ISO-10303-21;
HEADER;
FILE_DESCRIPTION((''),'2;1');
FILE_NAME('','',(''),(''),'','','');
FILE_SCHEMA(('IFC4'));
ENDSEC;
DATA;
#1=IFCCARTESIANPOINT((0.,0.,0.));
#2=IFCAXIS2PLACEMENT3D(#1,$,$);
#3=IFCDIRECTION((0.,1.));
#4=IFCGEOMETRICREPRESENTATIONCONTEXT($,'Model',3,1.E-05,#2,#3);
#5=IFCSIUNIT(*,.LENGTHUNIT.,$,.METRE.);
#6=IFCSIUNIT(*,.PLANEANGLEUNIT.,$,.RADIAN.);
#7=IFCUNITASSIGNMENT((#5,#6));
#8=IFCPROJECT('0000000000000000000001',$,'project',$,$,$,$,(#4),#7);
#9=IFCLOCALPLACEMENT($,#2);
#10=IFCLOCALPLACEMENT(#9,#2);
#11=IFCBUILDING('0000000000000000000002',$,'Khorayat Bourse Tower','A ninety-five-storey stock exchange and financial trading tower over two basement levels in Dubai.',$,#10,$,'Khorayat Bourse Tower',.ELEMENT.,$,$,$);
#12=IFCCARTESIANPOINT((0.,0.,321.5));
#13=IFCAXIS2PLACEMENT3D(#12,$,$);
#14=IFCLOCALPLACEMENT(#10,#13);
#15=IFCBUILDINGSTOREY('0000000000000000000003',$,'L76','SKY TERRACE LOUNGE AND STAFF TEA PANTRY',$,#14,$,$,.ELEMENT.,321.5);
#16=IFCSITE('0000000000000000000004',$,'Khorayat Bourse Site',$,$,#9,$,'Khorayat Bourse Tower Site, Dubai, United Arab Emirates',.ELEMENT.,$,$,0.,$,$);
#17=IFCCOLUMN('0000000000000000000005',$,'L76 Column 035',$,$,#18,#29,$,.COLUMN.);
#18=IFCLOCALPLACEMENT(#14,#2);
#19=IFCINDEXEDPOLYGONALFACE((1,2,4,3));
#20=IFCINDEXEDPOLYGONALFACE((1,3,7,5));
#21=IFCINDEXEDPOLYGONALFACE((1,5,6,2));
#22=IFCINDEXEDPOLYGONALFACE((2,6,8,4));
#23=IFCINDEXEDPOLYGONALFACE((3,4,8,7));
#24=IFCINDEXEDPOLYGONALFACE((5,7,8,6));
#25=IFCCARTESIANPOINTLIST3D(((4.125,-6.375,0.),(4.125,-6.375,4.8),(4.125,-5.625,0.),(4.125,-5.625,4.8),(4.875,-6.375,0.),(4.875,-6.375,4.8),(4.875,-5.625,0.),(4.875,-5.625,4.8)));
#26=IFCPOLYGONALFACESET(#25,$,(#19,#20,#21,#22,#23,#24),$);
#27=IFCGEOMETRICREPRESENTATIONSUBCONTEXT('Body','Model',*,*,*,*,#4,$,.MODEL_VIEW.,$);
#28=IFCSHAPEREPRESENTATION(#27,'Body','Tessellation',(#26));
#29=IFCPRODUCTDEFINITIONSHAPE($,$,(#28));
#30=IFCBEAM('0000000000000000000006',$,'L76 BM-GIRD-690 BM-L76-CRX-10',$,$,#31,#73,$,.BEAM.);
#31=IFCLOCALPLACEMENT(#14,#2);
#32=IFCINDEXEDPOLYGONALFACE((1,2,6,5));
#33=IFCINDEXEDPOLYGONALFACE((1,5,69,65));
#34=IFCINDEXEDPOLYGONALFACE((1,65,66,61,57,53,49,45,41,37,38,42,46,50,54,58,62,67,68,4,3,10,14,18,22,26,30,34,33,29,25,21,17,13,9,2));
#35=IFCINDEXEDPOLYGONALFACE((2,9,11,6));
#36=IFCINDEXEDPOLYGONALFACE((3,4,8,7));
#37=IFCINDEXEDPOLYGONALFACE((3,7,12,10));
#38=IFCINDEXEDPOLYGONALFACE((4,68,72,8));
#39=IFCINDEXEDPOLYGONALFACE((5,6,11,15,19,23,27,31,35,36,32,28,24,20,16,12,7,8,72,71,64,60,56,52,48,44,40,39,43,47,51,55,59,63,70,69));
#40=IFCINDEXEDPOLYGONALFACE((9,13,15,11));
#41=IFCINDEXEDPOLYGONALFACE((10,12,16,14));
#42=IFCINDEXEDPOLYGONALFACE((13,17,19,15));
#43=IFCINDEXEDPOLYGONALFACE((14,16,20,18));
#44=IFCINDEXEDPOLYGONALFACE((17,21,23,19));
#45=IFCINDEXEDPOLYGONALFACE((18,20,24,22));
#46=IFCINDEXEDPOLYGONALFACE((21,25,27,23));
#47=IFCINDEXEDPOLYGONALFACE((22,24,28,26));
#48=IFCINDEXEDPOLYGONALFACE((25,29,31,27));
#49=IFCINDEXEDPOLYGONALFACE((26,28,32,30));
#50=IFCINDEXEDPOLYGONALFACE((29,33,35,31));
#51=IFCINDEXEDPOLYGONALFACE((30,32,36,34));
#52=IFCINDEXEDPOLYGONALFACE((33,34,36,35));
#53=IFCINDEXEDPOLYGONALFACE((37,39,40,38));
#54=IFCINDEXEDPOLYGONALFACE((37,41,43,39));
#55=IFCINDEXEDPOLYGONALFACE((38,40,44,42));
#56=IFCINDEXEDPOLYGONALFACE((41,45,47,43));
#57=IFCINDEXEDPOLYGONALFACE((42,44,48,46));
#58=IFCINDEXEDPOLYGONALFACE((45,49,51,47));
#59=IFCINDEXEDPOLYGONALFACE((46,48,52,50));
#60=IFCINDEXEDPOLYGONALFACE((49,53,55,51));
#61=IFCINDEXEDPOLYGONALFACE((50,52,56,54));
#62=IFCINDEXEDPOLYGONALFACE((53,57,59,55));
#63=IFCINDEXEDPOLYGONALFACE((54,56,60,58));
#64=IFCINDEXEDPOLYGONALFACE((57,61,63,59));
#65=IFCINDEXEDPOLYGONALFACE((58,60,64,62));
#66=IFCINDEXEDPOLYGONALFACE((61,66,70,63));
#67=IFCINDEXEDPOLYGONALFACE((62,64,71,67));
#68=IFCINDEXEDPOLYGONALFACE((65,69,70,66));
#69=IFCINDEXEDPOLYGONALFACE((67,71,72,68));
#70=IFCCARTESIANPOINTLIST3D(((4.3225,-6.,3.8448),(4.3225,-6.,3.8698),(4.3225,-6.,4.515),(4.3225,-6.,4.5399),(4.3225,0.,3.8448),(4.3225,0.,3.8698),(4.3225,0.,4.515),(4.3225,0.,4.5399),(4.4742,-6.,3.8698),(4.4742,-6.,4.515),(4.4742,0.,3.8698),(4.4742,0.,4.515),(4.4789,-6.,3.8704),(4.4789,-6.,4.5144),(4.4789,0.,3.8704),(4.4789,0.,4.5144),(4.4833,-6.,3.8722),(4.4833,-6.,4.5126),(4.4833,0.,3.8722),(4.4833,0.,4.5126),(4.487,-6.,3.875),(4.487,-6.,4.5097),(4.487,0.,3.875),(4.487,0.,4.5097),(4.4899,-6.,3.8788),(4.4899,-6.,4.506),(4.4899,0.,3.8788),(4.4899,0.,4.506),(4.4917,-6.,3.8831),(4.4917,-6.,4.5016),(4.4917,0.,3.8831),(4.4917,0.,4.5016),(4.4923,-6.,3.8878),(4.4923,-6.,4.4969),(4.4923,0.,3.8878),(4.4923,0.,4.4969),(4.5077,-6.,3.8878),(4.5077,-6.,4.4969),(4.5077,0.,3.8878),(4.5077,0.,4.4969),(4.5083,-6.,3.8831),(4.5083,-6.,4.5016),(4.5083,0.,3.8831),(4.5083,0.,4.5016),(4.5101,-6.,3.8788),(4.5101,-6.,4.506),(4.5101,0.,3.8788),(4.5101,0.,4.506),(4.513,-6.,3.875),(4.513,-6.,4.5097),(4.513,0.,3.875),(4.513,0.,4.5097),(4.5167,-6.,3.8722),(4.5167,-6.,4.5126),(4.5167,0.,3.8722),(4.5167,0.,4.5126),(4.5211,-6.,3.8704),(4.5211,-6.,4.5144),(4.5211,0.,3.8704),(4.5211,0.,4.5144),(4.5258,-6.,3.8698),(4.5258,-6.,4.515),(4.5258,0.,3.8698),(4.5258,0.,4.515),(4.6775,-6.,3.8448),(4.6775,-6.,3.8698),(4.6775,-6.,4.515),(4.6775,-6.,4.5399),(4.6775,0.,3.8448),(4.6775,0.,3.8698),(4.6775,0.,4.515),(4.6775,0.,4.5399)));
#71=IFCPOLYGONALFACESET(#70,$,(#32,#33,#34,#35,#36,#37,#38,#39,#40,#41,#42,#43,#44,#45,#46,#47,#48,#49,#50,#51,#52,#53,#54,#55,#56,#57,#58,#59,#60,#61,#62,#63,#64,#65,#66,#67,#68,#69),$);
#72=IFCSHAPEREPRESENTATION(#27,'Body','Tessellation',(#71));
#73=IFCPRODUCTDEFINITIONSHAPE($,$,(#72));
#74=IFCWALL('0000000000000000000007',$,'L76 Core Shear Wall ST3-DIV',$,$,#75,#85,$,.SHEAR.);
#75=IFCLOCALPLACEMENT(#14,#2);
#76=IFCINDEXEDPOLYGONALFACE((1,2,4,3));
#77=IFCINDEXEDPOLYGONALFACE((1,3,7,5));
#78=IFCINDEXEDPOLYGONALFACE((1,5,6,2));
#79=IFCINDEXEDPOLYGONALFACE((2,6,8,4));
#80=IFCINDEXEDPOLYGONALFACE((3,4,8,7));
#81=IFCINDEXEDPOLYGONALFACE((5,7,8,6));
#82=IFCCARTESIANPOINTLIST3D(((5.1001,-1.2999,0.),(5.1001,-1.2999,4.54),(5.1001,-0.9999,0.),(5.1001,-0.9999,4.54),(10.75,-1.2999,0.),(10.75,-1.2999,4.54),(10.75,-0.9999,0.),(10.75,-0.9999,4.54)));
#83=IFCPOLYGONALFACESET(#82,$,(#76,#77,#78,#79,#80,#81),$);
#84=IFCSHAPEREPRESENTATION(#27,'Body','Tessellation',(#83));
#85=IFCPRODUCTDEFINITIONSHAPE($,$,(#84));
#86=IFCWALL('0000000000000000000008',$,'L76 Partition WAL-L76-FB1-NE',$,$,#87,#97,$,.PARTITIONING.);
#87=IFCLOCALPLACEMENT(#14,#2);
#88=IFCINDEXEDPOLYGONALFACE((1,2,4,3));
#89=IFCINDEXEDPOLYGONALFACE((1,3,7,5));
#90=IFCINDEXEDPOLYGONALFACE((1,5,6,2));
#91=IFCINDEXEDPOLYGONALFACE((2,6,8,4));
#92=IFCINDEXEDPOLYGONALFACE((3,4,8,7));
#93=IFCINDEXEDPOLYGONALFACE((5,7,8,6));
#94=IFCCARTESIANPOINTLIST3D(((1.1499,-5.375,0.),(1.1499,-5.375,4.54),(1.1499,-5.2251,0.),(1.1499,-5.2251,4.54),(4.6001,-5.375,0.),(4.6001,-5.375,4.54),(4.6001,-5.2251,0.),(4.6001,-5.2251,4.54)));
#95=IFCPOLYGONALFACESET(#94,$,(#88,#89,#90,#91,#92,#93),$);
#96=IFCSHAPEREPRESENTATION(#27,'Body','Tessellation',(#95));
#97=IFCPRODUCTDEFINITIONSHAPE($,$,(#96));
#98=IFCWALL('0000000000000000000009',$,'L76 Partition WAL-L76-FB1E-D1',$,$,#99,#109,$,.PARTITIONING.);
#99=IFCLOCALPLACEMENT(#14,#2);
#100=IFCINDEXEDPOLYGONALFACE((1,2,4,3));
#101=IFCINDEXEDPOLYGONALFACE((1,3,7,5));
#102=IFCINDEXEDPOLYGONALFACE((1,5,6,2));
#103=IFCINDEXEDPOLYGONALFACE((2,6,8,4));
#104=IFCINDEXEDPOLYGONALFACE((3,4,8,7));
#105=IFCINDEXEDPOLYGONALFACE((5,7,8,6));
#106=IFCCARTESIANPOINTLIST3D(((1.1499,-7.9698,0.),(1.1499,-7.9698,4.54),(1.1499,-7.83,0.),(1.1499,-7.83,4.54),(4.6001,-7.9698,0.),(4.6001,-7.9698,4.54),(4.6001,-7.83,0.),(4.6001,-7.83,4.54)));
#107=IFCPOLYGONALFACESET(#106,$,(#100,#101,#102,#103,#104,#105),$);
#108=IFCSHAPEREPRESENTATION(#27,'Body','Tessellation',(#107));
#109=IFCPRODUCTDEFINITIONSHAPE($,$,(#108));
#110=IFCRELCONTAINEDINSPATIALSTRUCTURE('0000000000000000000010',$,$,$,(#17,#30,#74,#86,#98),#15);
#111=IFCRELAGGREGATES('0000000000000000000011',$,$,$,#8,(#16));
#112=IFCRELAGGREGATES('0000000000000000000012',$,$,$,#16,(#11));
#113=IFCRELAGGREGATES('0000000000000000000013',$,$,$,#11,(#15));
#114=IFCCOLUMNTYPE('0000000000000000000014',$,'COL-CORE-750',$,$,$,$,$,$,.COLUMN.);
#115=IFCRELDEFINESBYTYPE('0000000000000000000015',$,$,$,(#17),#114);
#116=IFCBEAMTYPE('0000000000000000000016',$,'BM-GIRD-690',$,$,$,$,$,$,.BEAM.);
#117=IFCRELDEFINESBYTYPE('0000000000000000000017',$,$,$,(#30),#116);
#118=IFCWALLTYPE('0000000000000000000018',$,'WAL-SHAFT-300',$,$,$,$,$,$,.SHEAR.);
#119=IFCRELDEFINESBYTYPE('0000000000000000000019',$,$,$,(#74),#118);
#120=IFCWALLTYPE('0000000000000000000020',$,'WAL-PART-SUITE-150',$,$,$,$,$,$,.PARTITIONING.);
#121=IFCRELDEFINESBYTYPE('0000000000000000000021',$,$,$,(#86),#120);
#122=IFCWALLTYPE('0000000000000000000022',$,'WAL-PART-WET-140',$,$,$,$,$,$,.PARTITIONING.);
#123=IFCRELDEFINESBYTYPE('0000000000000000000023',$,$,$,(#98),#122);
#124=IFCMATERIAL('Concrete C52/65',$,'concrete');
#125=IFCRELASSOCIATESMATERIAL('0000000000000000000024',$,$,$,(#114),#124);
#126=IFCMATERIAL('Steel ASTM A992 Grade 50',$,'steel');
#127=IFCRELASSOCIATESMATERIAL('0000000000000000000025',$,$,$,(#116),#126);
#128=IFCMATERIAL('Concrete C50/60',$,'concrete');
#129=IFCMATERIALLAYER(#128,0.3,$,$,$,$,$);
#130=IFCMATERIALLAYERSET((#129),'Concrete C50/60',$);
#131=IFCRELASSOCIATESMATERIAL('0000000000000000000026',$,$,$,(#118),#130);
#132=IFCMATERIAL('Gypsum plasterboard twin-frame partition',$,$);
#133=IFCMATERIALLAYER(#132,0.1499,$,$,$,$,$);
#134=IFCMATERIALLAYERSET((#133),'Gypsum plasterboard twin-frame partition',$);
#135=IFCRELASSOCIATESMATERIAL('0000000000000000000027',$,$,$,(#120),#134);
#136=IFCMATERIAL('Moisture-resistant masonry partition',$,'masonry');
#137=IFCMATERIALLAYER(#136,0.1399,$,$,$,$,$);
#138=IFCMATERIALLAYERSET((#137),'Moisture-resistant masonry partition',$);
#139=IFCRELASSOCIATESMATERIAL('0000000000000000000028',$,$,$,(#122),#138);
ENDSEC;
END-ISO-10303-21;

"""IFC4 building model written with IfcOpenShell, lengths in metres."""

from ifc_helpers import new_model, si_unit, direction, frame, frame_2d, origin, origin_2d, place, context, subcontext, project, spatial, rectangle, i_section, extrude, source, transform, mapped, material, layer, layer_set, material_profile, profile_set, type_object, element, save


model = new_model("IFC4")

# Units and contexts
model_context = context("Model", 3, precision=1e-05, world=origin(), true_north=direction((0.0, 1.0)))
body_context = subcontext(model_context, "Body", "Model", "MODEL_VIEW")
ifc_project = project(units=[si_unit("LENGTHUNIT", "METRE"), si_unit("PLANEANGLEUNIT", "RADIAN")], contexts=[model_context])

# Site, building, storey
site_placement = place(None, origin())
site = spatial("IfcSite", under=ifc_project, at=site_placement, Name="Khorayat Bourse Site", LongName="Khorayat Bourse Tower Site, Dubai, United Arab Emirates", CompositionType="ELEMENT", RefElevation=0.0)
building_placement = place(site_placement, origin())
building = spatial("IfcBuilding", under=site, at=building_placement, Name="Khorayat Bourse Tower", Description="A ninety-five-storey stock exchange and financial trading tower over two basement levels in Dubai.", LongName="Khorayat Bourse Tower", CompositionType="ELEMENT")
storey_placement = place(building_placement, frame((0.0, 0.0, 321.5)))
storey = spatial("IfcBuildingStorey", under=building, at=storey_placement, Name="L76", Description="SKY TERRACE LOUNGE AND STAFF TEA PANTRY", CompositionType="ELEMENT", Elevation=321.5)

# Column
ifc_material_1 = material(Name="Concrete C52/65", Category="concrete")
ifc_material_profile_1 = material_profile(ifc_material_1, rectangle(XDim=0.75, YDim=0.75, at=origin_2d()), Name="RC 750x750")
ifc_profile_set_1 = profile_set([ifc_material_profile_1], Name="Concrete C52/65")
column_type = type_object("IfcColumnType", Name="COL-CORE-750", PredefinedType="COLUMN", material=ifc_profile_set_1)
shared_shape_1 = source(origin(), body_context, "Body", "SweptSolid", [
    extrude(rectangle(XDim=0.75, YDim=0.75, at=origin_2d()), origin(), (0.0, 0.0, 1.0), 4.8),
])
column_placement = place(storey_placement, frame((4.5, -6.0, 0.0), z_axis=(0.0, 0.0, 1.0), x_axis=(1.0, 0.0, 0.0)))
element("IfcColumn", 1, at=column_placement, inside=storey, type_object=column_type, Name="L76 Column 035", PredefinedType="COLUMN", context=body_context, shape_type="MappedRepresentation", body=[
    mapped(shared_shape_1, transform((0.0, 0.0, 0.0), scale=1.0)),
])

# Beam
ifc_material_2 = material(Name="Steel ASTM A992 Grade 50", Category="steel")
ifc_material_profile_2 = material_profile(ifc_material_2, i_section(OverallWidth=0.355, OverallDepth=0.6951, WebThickness=0.0154, FlangeThickness=0.0249, FilletRadius=0.0181, at=origin_2d()), Name="W690X217")
ifc_profile_set_2 = profile_set([ifc_material_profile_2], Name="Steel ASTM A992 Grade 50")
beam_type = type_object("IfcBeamType", Name="BM-GIRD-690", PredefinedType="BEAM", material=ifc_profile_set_2)
shared_shape_2 = source(origin(), body_context, "Body", "SweptSolid", [
    extrude(i_section(OverallWidth=0.355, OverallDepth=0.6951, WebThickness=0.0154, FlangeThickness=0.0249, FilletRadius=0.0181, at=origin_2d()), origin(), (0.0, 0.0, 1.0), 6.0),
])
beam_placement = place(storey_placement, frame((4.5, -6.0, 4.1924), z_axis=(0.0, 1.0, 0.0), x_axis=(-1.0, 0.0, 0.0)))
element("IfcBeam", 2, at=beam_placement, inside=storey, type_object=beam_type, Name="L76 BM-GIRD-690 BM-L76-CRX-10", PredefinedType="BEAM", context=body_context, shape_type="MappedRepresentation", body=[
    mapped(shared_shape_2, transform((0.0, 0.0, 0.0), scale=1.0)),
])

# Walls
ifc_material_3 = material(Name="Concrete C50/60", Category="concrete")
ifc_layer_1 = layer(ifc_material_3, 0.3)
ifc_layer_set_1 = layer_set([ifc_layer_1], Name="Concrete C50/60")
wall_type_1 = type_object("IfcWallType", Name="WAL-SHAFT-300", PredefinedType="SHEAR", material=ifc_layer_set_1)
shared_shape_3 = source(origin(), body_context, "Body", "SweptSolid", [
    extrude(rectangle(XDim=5.6499, YDim=0.3, at=frame_2d((2.825, 0.0))), origin(), (0.0, 0.0, 1.0), 4.54),
])
wall_1_placement = place(storey_placement, frame((5.1001, -1.1499, 0.0), z_axis=(0.0, 0.0, 1.0), x_axis=(1.0, 0.0, 0.0)))
element("IfcWall", 3, at=wall_1_placement, inside=storey, type_object=wall_type_1, Name="L76 Core Shear Wall ST3-DIV", PredefinedType="SHEAR", context=body_context, shape_type="MappedRepresentation", body=[
    mapped(shared_shape_3, transform((0.0, 0.0, 0.0), scale=1.0)),
])
ifc_material_4 = material(Name="Gypsum plasterboard twin-frame partition")
ifc_layer_2 = layer(ifc_material_4, 0.1499)
ifc_layer_set_2 = layer_set([ifc_layer_2], Name="Gypsum plasterboard twin-frame partition")
wall_type_2 = type_object("IfcWallType", Name="WAL-PART-SUITE-150", PredefinedType="PARTITIONING", material=ifc_layer_set_2)
shared_shape_4 = source(origin(), body_context, "Body", "SweptSolid", [
    extrude(rectangle(XDim=3.4502, YDim=0.1499, at=frame_2d((1.7251, 0.0))), origin(), (0.0, 0.0, 1.0), 4.54),
])
wall_2_placement = place(storey_placement, frame((1.1499, -5.3, 0.0), z_axis=(0.0, 0.0, 1.0), x_axis=(1.0, 0.0, 0.0)))
element("IfcWall", 4, at=wall_2_placement, inside=storey, type_object=wall_type_2, Name="L76 Partition WAL-L76-FB1-NE", PredefinedType="PARTITIONING", context=body_context, shape_type="MappedRepresentation", body=[
    mapped(shared_shape_4, transform((0.0, 0.0, 0.0), scale=1.0)),
])
ifc_material_5 = material(Name="Moisture-resistant masonry partition", Category="masonry")
ifc_layer_3 = layer(ifc_material_5, 0.1399)
ifc_layer_set_3 = layer_set([ifc_layer_3], Name="Moisture-resistant masonry partition")
wall_type_3 = type_object("IfcWallType", Name="WAL-PART-WET-140", PredefinedType="PARTITIONING", material=ifc_layer_set_3)
shared_shape_5 = source(origin(), body_context, "Body", "SweptSolid", [
    extrude(rectangle(XDim=3.4502, YDim=0.1399, at=frame_2d((1.7251, 0.0))), origin(), (0.0, 0.0, 1.0), 4.54),
])
wall_3_placement = place(storey_placement, frame((1.1499, -7.8999, 0.0), z_axis=(0.0, 0.0, 1.0), x_axis=(1.0, 0.0, 0.0)))
element("IfcWall", 5, at=wall_3_placement, inside=storey, type_object=wall_type_3, Name="L76 Partition WAL-L76-FB1E-D1", PredefinedType="PARTITIONING", context=body_context, shape_type="MappedRepresentation", body=[
    mapped(shared_shape_5, transform((0.0, 0.0, 0.0), scale=1.0)),
])

save(model, "model.ifc")
